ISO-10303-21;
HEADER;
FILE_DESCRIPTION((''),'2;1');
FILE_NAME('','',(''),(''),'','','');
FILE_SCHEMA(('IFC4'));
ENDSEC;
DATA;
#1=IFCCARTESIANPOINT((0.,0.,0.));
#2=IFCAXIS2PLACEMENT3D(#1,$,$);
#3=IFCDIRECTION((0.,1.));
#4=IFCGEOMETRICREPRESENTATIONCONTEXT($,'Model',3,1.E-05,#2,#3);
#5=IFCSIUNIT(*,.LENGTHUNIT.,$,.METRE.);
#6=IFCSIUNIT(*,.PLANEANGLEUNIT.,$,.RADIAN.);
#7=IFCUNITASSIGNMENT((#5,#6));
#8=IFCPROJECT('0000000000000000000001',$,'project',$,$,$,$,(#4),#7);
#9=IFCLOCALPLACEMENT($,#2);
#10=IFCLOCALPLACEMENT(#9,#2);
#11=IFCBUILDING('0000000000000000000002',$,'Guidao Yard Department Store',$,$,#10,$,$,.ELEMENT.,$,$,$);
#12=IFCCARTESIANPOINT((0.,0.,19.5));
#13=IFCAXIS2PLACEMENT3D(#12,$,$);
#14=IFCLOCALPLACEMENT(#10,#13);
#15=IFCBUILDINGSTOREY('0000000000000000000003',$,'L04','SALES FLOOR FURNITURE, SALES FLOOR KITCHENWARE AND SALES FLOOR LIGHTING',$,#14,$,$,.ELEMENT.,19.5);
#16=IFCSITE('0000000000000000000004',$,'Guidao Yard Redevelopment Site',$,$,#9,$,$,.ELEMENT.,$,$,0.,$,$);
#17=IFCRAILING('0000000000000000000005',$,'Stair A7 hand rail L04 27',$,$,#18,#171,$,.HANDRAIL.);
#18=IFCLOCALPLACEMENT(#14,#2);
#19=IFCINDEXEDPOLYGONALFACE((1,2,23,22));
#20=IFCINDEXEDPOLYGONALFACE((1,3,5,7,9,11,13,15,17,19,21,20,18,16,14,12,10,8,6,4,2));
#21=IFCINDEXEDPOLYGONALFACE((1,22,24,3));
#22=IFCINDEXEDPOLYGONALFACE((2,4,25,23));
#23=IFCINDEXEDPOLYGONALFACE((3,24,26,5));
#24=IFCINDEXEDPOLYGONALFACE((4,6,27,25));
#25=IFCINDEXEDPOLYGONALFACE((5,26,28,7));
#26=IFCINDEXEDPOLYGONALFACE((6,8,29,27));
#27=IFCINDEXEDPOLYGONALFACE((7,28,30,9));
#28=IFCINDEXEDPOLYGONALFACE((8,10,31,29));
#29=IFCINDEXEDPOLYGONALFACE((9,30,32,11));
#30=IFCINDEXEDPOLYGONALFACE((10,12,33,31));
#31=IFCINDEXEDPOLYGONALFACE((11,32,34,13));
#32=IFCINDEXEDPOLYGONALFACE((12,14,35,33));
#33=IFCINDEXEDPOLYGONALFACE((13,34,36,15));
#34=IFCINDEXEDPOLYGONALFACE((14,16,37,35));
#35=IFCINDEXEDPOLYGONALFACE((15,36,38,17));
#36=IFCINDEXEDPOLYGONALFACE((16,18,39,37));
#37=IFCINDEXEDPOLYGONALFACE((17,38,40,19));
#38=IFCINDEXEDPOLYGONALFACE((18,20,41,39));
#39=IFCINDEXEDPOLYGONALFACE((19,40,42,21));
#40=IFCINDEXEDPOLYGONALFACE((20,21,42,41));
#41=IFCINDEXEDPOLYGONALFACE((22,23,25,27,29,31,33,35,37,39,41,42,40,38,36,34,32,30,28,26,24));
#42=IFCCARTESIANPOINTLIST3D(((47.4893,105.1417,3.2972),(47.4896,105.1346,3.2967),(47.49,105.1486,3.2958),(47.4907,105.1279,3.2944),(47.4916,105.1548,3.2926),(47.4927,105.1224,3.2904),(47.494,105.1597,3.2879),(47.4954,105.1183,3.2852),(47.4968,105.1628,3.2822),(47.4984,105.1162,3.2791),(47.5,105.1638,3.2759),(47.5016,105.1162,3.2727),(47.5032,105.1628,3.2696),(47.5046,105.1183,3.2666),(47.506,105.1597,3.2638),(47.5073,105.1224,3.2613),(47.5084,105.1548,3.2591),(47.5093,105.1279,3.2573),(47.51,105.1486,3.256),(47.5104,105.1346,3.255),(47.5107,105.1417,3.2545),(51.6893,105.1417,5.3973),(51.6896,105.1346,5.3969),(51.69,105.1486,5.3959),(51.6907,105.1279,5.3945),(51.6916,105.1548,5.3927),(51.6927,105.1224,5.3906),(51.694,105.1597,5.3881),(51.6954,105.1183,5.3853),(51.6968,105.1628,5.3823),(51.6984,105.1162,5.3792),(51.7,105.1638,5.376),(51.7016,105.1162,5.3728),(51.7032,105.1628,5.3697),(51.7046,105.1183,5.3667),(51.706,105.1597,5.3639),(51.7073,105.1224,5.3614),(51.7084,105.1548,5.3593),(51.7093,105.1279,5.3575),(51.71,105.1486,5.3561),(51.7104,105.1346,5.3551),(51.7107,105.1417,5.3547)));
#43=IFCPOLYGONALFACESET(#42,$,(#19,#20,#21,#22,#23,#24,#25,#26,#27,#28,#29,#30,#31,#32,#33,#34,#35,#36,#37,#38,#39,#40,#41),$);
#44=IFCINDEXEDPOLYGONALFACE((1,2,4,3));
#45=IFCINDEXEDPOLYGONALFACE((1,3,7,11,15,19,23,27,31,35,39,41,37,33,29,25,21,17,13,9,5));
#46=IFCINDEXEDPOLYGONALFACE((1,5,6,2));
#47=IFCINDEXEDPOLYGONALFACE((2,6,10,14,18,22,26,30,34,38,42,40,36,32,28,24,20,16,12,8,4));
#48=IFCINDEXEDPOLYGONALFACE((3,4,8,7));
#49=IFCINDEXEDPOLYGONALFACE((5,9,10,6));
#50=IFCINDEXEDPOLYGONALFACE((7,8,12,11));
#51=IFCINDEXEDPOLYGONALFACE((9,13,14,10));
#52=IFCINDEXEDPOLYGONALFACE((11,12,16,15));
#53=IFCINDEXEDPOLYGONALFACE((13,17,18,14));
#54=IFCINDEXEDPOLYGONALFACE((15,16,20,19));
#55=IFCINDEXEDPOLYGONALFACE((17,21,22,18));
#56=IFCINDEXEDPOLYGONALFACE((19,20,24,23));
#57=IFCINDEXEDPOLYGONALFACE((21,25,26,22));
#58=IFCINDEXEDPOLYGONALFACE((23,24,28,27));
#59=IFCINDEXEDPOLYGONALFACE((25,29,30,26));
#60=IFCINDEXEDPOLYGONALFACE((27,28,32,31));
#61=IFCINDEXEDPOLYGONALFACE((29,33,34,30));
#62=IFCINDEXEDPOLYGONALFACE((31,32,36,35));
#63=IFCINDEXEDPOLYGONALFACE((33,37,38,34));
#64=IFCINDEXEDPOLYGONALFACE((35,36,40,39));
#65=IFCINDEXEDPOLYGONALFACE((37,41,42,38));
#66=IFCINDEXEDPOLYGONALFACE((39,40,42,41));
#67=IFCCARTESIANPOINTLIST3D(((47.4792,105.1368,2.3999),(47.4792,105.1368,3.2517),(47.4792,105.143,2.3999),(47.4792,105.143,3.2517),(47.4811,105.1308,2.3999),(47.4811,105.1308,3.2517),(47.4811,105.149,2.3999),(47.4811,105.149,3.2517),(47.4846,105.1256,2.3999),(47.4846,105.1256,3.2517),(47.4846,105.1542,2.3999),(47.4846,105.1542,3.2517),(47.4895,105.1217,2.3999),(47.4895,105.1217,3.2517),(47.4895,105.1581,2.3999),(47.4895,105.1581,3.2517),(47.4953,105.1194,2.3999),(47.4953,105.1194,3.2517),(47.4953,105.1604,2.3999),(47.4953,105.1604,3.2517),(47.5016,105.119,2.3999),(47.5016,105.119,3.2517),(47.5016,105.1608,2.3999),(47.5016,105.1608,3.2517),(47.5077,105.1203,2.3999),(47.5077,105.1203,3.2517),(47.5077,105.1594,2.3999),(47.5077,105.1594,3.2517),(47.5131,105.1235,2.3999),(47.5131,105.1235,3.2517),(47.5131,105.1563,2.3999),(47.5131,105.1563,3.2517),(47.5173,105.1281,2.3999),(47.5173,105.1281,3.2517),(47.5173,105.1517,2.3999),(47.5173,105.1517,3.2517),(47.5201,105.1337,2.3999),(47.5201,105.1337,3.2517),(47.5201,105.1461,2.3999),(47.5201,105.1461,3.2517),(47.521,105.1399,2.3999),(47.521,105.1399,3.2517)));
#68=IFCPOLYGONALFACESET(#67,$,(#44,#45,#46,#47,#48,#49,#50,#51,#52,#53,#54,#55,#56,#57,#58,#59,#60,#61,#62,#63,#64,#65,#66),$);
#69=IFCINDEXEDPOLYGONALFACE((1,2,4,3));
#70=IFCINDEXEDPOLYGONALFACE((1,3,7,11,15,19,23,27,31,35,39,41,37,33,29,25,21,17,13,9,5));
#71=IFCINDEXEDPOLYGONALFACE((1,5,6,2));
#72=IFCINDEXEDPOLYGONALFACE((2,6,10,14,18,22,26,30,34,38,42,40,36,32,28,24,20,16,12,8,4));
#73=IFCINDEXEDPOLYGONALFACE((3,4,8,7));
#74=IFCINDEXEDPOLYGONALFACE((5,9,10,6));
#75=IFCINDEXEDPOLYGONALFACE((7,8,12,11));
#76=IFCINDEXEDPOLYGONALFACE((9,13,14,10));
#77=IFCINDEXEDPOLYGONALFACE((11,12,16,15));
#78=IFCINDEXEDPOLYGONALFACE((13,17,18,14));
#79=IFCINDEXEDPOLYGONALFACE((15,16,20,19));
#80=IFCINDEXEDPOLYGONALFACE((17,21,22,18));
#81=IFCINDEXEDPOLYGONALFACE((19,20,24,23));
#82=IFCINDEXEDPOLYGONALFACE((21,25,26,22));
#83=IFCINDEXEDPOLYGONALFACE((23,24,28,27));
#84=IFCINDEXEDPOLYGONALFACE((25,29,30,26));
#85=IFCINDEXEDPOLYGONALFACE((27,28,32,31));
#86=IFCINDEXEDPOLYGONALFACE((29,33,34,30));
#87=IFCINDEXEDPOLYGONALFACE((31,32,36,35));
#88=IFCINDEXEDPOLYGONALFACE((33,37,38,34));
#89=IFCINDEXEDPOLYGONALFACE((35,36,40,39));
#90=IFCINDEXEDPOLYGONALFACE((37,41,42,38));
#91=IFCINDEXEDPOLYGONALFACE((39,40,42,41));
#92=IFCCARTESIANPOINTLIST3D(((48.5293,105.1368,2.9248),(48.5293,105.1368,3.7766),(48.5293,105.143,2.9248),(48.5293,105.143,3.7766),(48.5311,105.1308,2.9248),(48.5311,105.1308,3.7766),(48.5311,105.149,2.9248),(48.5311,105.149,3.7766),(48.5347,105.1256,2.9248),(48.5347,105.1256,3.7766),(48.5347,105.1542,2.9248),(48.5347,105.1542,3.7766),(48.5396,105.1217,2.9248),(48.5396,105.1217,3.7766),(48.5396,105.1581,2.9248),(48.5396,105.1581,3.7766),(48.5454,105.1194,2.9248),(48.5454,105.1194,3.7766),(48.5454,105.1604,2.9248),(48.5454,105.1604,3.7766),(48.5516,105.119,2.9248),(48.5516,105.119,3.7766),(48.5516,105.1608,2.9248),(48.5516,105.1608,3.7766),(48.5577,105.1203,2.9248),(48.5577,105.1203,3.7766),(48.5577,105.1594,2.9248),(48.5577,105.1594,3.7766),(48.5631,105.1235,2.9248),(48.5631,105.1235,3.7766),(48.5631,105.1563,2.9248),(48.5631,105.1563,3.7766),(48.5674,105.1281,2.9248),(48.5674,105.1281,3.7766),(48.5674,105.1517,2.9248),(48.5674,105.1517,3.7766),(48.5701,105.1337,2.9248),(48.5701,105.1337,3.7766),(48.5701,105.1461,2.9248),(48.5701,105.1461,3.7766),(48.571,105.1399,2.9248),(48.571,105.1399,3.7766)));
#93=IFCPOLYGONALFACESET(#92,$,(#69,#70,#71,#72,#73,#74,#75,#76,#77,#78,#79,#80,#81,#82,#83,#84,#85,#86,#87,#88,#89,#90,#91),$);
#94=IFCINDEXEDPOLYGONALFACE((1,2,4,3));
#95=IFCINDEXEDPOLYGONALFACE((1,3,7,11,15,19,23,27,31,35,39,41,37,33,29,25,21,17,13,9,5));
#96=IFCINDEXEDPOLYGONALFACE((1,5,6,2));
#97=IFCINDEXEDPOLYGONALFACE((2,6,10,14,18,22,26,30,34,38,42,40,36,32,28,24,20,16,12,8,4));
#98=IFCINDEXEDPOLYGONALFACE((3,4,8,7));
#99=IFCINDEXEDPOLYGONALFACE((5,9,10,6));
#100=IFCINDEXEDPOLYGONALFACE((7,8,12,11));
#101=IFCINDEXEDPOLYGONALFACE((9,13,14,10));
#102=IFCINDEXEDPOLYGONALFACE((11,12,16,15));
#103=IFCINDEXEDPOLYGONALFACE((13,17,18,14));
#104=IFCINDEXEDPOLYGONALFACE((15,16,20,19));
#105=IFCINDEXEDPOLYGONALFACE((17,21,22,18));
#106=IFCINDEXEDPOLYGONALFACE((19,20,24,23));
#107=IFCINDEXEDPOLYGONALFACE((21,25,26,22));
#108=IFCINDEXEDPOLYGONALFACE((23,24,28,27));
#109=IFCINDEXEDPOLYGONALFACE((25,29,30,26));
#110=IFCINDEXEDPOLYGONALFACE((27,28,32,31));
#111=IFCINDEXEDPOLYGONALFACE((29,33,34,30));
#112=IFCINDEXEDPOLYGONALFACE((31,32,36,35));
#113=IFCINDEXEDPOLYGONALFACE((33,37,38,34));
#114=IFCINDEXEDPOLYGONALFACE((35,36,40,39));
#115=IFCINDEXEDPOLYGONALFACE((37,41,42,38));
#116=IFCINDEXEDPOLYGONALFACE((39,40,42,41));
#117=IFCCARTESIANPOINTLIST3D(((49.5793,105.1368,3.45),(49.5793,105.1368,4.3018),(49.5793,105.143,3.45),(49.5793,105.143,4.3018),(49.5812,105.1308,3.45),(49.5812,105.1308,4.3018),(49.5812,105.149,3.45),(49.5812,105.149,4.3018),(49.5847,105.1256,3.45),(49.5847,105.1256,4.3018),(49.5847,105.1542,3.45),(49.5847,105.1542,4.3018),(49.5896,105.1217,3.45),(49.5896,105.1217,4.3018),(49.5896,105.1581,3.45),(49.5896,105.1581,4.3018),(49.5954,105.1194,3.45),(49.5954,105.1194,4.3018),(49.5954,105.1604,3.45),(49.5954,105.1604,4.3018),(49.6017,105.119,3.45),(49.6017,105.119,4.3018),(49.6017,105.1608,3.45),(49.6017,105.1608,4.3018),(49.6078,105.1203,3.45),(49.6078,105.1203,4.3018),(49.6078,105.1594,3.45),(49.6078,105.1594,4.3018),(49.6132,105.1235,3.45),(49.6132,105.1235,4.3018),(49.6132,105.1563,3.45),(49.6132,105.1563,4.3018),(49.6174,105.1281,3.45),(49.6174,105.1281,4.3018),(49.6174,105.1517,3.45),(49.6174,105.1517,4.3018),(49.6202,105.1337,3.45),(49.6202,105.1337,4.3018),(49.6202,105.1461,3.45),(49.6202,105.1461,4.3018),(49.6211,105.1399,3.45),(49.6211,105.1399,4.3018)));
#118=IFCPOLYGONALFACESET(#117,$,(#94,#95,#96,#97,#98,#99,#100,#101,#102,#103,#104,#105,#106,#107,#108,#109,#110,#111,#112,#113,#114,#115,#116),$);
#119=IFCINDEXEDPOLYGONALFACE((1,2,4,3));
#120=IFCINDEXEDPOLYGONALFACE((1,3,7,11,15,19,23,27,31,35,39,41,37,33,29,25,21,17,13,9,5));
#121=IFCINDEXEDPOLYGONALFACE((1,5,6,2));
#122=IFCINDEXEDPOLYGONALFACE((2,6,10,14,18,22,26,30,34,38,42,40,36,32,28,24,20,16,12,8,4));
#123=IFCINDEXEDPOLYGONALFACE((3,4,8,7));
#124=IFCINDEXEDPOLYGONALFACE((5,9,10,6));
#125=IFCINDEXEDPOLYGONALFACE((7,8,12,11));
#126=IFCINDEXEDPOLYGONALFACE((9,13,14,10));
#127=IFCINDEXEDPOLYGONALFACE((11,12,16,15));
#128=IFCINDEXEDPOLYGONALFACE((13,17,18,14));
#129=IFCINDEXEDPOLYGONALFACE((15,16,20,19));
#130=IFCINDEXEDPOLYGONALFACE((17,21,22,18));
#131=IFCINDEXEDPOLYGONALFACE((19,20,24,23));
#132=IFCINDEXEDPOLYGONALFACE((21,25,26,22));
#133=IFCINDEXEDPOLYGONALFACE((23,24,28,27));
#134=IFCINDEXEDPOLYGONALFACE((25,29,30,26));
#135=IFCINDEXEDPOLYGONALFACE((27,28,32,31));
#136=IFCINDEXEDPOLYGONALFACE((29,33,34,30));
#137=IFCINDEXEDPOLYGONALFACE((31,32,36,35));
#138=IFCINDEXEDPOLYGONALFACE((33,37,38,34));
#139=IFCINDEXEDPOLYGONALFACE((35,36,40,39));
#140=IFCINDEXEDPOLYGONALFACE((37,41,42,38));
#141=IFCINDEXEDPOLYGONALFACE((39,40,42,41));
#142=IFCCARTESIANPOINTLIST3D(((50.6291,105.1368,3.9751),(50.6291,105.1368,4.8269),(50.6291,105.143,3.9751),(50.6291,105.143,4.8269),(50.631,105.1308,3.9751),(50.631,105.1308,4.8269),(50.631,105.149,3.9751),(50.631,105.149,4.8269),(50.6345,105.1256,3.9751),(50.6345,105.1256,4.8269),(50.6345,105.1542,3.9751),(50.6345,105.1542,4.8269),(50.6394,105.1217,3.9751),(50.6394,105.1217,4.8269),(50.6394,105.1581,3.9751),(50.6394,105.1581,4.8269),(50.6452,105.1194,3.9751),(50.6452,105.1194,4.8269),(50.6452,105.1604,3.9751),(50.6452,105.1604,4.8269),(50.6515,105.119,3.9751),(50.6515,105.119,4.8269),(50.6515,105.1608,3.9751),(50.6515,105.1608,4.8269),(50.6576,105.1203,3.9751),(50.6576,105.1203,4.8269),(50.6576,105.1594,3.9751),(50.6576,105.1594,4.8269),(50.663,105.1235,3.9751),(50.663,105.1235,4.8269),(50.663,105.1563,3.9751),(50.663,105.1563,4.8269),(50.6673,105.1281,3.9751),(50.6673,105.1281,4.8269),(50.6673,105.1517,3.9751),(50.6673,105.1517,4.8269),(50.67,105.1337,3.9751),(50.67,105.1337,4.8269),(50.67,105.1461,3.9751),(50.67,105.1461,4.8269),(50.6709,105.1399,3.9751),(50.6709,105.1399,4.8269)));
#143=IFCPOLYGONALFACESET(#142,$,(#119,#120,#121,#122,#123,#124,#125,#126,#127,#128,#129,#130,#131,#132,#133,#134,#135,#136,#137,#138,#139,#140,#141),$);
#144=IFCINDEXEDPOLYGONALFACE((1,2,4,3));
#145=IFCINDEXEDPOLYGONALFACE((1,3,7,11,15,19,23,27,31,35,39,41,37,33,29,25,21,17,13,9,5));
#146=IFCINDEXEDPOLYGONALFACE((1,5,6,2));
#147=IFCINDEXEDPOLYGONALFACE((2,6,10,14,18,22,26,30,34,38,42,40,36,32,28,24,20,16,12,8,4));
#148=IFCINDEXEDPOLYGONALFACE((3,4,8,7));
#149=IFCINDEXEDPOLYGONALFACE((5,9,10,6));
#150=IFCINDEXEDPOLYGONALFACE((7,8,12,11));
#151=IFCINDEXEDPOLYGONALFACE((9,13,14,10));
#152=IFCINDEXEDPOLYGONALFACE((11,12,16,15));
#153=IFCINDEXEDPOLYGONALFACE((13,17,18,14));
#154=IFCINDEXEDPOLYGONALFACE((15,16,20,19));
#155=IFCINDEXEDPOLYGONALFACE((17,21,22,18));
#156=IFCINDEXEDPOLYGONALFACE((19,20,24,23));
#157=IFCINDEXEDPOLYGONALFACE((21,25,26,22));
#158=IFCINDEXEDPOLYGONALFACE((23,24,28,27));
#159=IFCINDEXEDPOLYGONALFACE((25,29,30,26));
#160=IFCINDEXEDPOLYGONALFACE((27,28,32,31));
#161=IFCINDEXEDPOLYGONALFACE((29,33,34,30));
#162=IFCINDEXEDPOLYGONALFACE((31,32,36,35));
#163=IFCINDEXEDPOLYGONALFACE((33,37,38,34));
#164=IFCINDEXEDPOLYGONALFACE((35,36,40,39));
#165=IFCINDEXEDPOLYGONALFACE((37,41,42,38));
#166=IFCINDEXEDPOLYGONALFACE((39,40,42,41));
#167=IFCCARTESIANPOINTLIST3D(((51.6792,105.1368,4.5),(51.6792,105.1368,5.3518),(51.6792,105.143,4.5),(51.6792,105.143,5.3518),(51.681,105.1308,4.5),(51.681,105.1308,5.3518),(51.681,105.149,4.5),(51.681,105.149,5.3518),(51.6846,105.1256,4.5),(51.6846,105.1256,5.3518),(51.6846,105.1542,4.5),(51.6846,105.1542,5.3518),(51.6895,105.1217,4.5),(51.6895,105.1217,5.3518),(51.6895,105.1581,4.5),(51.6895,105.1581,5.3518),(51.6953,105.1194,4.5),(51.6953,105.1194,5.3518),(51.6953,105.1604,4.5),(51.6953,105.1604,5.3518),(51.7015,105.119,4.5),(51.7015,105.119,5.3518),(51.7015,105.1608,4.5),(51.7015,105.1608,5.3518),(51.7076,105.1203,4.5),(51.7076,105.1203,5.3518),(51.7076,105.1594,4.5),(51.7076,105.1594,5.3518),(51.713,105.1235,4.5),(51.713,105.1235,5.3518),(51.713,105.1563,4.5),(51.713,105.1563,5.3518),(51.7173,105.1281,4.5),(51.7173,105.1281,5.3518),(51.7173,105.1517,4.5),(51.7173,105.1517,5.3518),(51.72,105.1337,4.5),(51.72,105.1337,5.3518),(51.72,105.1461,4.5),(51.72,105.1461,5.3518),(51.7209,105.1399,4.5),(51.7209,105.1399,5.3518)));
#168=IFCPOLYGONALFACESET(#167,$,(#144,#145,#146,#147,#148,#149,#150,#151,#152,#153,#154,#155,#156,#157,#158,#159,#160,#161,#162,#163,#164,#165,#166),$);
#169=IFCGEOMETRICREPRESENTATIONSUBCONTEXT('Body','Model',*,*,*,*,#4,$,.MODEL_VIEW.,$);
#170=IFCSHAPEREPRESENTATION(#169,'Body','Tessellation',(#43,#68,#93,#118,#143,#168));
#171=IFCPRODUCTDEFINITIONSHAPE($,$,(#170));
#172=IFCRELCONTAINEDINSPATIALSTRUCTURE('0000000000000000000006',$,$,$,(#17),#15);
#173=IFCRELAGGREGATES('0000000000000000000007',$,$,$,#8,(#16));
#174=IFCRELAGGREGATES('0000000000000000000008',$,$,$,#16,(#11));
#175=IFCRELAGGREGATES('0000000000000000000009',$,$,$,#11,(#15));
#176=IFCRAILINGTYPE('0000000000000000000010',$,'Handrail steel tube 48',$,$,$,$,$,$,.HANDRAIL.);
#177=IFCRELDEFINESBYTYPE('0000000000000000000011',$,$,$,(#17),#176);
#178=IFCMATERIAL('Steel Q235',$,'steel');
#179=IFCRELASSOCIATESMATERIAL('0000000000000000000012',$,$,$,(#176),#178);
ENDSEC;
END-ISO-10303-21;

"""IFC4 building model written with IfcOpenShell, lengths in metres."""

from ifc_helpers import new_model, si_unit, direction, frame, origin, origin_2d, place, context, subcontext, project, spatial, circle, extrude, material, type_object, element, save


model = new_model("IFC4")

# Units and contexts
model_context = context("Model", 3, precision=1e-05, world=origin(), true_north=direction((0.0, 1.0)))
body_context = subcontext(model_context, "Body", "Model", "MODEL_VIEW")
ifc_project = project(units=[si_unit("LENGTHUNIT", "METRE"), si_unit("PLANEANGLEUNIT", "RADIAN")], contexts=[model_context])

# Site, building, storey
site_placement = place(None, origin())
site = spatial("IfcSite", under=ifc_project, at=site_placement, Name="Guidao Yard Redevelopment Site", CompositionType="ELEMENT", RefElevation=0.0)
building_placement = place(site_placement, origin())
building = spatial("IfcBuilding", under=site, at=building_placement, Name="Guidao Yard Department Store", CompositionType="ELEMENT")
storey_placement = place(building_placement, frame((0.0, 0.0, 19.5)))
storey = spatial("IfcBuildingStorey", under=building, at=storey_placement, Name="L04", Description="SALES FLOOR FURNITURE, SALES FLOOR KITCHENWARE AND SALES FLOOR LIGHTING", CompositionType="ELEMENT", Elevation=19.5)

# Railing
ifc_material_1 = material(Name="Steel Q235", Category="steel")
railing_type_1 = type_object("IfcRailingType", Name="Handrail steel tube 48", PredefinedType="HANDRAIL", material=ifc_material_1)
for number, where, name in (
    (1, (47.5, 105.1399, 2.3999), "Stair A7 hand rail L04 27"),
):
    element("IfcRailing", number, at=place(storey_placement, frame(where)), inside=storey, type_object=railing_type_1, Name=name, PredefinedType="HANDRAIL", context=body_context, shape_type="SweptSolid", body=[
        extrude(circle(Radius=0.0239, at=origin_2d()), frame((0.0, 0.0, 0.876), z_axis=(0.894417, 0.0, 0.447234), x_axis=(0.0, 1.0, 0.0)), (0.0, 0.0, 1.0), 4.6958),
        extrude(circle(Radius=0.021, at=origin_2d()), origin(), (0.0, 0.0, 1.0), 0.8518),
        extrude(circle(Radius=0.021, at=origin_2d()), frame((1.05, 0.0, 0.5249)), (0.0, 0.0, 1.0), 0.8518),
        extrude(circle(Radius=0.021, at=origin_2d()), frame((2.1001, 0.0, 1.05)), (0.0, 0.0, 1.0), 0.8518),
        extrude(circle(Radius=0.021, at=origin_2d()), frame((3.1499, 0.0, 1.5752)), (0.0, 0.0, 1.0), 0.8518),
        extrude(circle(Radius=0.021, at=origin_2d()), frame((4.2, 0.0, 2.1001)), (0.0, 0.0, 1.0), 0.8518),
    ])

save(model, "model.ifc")
